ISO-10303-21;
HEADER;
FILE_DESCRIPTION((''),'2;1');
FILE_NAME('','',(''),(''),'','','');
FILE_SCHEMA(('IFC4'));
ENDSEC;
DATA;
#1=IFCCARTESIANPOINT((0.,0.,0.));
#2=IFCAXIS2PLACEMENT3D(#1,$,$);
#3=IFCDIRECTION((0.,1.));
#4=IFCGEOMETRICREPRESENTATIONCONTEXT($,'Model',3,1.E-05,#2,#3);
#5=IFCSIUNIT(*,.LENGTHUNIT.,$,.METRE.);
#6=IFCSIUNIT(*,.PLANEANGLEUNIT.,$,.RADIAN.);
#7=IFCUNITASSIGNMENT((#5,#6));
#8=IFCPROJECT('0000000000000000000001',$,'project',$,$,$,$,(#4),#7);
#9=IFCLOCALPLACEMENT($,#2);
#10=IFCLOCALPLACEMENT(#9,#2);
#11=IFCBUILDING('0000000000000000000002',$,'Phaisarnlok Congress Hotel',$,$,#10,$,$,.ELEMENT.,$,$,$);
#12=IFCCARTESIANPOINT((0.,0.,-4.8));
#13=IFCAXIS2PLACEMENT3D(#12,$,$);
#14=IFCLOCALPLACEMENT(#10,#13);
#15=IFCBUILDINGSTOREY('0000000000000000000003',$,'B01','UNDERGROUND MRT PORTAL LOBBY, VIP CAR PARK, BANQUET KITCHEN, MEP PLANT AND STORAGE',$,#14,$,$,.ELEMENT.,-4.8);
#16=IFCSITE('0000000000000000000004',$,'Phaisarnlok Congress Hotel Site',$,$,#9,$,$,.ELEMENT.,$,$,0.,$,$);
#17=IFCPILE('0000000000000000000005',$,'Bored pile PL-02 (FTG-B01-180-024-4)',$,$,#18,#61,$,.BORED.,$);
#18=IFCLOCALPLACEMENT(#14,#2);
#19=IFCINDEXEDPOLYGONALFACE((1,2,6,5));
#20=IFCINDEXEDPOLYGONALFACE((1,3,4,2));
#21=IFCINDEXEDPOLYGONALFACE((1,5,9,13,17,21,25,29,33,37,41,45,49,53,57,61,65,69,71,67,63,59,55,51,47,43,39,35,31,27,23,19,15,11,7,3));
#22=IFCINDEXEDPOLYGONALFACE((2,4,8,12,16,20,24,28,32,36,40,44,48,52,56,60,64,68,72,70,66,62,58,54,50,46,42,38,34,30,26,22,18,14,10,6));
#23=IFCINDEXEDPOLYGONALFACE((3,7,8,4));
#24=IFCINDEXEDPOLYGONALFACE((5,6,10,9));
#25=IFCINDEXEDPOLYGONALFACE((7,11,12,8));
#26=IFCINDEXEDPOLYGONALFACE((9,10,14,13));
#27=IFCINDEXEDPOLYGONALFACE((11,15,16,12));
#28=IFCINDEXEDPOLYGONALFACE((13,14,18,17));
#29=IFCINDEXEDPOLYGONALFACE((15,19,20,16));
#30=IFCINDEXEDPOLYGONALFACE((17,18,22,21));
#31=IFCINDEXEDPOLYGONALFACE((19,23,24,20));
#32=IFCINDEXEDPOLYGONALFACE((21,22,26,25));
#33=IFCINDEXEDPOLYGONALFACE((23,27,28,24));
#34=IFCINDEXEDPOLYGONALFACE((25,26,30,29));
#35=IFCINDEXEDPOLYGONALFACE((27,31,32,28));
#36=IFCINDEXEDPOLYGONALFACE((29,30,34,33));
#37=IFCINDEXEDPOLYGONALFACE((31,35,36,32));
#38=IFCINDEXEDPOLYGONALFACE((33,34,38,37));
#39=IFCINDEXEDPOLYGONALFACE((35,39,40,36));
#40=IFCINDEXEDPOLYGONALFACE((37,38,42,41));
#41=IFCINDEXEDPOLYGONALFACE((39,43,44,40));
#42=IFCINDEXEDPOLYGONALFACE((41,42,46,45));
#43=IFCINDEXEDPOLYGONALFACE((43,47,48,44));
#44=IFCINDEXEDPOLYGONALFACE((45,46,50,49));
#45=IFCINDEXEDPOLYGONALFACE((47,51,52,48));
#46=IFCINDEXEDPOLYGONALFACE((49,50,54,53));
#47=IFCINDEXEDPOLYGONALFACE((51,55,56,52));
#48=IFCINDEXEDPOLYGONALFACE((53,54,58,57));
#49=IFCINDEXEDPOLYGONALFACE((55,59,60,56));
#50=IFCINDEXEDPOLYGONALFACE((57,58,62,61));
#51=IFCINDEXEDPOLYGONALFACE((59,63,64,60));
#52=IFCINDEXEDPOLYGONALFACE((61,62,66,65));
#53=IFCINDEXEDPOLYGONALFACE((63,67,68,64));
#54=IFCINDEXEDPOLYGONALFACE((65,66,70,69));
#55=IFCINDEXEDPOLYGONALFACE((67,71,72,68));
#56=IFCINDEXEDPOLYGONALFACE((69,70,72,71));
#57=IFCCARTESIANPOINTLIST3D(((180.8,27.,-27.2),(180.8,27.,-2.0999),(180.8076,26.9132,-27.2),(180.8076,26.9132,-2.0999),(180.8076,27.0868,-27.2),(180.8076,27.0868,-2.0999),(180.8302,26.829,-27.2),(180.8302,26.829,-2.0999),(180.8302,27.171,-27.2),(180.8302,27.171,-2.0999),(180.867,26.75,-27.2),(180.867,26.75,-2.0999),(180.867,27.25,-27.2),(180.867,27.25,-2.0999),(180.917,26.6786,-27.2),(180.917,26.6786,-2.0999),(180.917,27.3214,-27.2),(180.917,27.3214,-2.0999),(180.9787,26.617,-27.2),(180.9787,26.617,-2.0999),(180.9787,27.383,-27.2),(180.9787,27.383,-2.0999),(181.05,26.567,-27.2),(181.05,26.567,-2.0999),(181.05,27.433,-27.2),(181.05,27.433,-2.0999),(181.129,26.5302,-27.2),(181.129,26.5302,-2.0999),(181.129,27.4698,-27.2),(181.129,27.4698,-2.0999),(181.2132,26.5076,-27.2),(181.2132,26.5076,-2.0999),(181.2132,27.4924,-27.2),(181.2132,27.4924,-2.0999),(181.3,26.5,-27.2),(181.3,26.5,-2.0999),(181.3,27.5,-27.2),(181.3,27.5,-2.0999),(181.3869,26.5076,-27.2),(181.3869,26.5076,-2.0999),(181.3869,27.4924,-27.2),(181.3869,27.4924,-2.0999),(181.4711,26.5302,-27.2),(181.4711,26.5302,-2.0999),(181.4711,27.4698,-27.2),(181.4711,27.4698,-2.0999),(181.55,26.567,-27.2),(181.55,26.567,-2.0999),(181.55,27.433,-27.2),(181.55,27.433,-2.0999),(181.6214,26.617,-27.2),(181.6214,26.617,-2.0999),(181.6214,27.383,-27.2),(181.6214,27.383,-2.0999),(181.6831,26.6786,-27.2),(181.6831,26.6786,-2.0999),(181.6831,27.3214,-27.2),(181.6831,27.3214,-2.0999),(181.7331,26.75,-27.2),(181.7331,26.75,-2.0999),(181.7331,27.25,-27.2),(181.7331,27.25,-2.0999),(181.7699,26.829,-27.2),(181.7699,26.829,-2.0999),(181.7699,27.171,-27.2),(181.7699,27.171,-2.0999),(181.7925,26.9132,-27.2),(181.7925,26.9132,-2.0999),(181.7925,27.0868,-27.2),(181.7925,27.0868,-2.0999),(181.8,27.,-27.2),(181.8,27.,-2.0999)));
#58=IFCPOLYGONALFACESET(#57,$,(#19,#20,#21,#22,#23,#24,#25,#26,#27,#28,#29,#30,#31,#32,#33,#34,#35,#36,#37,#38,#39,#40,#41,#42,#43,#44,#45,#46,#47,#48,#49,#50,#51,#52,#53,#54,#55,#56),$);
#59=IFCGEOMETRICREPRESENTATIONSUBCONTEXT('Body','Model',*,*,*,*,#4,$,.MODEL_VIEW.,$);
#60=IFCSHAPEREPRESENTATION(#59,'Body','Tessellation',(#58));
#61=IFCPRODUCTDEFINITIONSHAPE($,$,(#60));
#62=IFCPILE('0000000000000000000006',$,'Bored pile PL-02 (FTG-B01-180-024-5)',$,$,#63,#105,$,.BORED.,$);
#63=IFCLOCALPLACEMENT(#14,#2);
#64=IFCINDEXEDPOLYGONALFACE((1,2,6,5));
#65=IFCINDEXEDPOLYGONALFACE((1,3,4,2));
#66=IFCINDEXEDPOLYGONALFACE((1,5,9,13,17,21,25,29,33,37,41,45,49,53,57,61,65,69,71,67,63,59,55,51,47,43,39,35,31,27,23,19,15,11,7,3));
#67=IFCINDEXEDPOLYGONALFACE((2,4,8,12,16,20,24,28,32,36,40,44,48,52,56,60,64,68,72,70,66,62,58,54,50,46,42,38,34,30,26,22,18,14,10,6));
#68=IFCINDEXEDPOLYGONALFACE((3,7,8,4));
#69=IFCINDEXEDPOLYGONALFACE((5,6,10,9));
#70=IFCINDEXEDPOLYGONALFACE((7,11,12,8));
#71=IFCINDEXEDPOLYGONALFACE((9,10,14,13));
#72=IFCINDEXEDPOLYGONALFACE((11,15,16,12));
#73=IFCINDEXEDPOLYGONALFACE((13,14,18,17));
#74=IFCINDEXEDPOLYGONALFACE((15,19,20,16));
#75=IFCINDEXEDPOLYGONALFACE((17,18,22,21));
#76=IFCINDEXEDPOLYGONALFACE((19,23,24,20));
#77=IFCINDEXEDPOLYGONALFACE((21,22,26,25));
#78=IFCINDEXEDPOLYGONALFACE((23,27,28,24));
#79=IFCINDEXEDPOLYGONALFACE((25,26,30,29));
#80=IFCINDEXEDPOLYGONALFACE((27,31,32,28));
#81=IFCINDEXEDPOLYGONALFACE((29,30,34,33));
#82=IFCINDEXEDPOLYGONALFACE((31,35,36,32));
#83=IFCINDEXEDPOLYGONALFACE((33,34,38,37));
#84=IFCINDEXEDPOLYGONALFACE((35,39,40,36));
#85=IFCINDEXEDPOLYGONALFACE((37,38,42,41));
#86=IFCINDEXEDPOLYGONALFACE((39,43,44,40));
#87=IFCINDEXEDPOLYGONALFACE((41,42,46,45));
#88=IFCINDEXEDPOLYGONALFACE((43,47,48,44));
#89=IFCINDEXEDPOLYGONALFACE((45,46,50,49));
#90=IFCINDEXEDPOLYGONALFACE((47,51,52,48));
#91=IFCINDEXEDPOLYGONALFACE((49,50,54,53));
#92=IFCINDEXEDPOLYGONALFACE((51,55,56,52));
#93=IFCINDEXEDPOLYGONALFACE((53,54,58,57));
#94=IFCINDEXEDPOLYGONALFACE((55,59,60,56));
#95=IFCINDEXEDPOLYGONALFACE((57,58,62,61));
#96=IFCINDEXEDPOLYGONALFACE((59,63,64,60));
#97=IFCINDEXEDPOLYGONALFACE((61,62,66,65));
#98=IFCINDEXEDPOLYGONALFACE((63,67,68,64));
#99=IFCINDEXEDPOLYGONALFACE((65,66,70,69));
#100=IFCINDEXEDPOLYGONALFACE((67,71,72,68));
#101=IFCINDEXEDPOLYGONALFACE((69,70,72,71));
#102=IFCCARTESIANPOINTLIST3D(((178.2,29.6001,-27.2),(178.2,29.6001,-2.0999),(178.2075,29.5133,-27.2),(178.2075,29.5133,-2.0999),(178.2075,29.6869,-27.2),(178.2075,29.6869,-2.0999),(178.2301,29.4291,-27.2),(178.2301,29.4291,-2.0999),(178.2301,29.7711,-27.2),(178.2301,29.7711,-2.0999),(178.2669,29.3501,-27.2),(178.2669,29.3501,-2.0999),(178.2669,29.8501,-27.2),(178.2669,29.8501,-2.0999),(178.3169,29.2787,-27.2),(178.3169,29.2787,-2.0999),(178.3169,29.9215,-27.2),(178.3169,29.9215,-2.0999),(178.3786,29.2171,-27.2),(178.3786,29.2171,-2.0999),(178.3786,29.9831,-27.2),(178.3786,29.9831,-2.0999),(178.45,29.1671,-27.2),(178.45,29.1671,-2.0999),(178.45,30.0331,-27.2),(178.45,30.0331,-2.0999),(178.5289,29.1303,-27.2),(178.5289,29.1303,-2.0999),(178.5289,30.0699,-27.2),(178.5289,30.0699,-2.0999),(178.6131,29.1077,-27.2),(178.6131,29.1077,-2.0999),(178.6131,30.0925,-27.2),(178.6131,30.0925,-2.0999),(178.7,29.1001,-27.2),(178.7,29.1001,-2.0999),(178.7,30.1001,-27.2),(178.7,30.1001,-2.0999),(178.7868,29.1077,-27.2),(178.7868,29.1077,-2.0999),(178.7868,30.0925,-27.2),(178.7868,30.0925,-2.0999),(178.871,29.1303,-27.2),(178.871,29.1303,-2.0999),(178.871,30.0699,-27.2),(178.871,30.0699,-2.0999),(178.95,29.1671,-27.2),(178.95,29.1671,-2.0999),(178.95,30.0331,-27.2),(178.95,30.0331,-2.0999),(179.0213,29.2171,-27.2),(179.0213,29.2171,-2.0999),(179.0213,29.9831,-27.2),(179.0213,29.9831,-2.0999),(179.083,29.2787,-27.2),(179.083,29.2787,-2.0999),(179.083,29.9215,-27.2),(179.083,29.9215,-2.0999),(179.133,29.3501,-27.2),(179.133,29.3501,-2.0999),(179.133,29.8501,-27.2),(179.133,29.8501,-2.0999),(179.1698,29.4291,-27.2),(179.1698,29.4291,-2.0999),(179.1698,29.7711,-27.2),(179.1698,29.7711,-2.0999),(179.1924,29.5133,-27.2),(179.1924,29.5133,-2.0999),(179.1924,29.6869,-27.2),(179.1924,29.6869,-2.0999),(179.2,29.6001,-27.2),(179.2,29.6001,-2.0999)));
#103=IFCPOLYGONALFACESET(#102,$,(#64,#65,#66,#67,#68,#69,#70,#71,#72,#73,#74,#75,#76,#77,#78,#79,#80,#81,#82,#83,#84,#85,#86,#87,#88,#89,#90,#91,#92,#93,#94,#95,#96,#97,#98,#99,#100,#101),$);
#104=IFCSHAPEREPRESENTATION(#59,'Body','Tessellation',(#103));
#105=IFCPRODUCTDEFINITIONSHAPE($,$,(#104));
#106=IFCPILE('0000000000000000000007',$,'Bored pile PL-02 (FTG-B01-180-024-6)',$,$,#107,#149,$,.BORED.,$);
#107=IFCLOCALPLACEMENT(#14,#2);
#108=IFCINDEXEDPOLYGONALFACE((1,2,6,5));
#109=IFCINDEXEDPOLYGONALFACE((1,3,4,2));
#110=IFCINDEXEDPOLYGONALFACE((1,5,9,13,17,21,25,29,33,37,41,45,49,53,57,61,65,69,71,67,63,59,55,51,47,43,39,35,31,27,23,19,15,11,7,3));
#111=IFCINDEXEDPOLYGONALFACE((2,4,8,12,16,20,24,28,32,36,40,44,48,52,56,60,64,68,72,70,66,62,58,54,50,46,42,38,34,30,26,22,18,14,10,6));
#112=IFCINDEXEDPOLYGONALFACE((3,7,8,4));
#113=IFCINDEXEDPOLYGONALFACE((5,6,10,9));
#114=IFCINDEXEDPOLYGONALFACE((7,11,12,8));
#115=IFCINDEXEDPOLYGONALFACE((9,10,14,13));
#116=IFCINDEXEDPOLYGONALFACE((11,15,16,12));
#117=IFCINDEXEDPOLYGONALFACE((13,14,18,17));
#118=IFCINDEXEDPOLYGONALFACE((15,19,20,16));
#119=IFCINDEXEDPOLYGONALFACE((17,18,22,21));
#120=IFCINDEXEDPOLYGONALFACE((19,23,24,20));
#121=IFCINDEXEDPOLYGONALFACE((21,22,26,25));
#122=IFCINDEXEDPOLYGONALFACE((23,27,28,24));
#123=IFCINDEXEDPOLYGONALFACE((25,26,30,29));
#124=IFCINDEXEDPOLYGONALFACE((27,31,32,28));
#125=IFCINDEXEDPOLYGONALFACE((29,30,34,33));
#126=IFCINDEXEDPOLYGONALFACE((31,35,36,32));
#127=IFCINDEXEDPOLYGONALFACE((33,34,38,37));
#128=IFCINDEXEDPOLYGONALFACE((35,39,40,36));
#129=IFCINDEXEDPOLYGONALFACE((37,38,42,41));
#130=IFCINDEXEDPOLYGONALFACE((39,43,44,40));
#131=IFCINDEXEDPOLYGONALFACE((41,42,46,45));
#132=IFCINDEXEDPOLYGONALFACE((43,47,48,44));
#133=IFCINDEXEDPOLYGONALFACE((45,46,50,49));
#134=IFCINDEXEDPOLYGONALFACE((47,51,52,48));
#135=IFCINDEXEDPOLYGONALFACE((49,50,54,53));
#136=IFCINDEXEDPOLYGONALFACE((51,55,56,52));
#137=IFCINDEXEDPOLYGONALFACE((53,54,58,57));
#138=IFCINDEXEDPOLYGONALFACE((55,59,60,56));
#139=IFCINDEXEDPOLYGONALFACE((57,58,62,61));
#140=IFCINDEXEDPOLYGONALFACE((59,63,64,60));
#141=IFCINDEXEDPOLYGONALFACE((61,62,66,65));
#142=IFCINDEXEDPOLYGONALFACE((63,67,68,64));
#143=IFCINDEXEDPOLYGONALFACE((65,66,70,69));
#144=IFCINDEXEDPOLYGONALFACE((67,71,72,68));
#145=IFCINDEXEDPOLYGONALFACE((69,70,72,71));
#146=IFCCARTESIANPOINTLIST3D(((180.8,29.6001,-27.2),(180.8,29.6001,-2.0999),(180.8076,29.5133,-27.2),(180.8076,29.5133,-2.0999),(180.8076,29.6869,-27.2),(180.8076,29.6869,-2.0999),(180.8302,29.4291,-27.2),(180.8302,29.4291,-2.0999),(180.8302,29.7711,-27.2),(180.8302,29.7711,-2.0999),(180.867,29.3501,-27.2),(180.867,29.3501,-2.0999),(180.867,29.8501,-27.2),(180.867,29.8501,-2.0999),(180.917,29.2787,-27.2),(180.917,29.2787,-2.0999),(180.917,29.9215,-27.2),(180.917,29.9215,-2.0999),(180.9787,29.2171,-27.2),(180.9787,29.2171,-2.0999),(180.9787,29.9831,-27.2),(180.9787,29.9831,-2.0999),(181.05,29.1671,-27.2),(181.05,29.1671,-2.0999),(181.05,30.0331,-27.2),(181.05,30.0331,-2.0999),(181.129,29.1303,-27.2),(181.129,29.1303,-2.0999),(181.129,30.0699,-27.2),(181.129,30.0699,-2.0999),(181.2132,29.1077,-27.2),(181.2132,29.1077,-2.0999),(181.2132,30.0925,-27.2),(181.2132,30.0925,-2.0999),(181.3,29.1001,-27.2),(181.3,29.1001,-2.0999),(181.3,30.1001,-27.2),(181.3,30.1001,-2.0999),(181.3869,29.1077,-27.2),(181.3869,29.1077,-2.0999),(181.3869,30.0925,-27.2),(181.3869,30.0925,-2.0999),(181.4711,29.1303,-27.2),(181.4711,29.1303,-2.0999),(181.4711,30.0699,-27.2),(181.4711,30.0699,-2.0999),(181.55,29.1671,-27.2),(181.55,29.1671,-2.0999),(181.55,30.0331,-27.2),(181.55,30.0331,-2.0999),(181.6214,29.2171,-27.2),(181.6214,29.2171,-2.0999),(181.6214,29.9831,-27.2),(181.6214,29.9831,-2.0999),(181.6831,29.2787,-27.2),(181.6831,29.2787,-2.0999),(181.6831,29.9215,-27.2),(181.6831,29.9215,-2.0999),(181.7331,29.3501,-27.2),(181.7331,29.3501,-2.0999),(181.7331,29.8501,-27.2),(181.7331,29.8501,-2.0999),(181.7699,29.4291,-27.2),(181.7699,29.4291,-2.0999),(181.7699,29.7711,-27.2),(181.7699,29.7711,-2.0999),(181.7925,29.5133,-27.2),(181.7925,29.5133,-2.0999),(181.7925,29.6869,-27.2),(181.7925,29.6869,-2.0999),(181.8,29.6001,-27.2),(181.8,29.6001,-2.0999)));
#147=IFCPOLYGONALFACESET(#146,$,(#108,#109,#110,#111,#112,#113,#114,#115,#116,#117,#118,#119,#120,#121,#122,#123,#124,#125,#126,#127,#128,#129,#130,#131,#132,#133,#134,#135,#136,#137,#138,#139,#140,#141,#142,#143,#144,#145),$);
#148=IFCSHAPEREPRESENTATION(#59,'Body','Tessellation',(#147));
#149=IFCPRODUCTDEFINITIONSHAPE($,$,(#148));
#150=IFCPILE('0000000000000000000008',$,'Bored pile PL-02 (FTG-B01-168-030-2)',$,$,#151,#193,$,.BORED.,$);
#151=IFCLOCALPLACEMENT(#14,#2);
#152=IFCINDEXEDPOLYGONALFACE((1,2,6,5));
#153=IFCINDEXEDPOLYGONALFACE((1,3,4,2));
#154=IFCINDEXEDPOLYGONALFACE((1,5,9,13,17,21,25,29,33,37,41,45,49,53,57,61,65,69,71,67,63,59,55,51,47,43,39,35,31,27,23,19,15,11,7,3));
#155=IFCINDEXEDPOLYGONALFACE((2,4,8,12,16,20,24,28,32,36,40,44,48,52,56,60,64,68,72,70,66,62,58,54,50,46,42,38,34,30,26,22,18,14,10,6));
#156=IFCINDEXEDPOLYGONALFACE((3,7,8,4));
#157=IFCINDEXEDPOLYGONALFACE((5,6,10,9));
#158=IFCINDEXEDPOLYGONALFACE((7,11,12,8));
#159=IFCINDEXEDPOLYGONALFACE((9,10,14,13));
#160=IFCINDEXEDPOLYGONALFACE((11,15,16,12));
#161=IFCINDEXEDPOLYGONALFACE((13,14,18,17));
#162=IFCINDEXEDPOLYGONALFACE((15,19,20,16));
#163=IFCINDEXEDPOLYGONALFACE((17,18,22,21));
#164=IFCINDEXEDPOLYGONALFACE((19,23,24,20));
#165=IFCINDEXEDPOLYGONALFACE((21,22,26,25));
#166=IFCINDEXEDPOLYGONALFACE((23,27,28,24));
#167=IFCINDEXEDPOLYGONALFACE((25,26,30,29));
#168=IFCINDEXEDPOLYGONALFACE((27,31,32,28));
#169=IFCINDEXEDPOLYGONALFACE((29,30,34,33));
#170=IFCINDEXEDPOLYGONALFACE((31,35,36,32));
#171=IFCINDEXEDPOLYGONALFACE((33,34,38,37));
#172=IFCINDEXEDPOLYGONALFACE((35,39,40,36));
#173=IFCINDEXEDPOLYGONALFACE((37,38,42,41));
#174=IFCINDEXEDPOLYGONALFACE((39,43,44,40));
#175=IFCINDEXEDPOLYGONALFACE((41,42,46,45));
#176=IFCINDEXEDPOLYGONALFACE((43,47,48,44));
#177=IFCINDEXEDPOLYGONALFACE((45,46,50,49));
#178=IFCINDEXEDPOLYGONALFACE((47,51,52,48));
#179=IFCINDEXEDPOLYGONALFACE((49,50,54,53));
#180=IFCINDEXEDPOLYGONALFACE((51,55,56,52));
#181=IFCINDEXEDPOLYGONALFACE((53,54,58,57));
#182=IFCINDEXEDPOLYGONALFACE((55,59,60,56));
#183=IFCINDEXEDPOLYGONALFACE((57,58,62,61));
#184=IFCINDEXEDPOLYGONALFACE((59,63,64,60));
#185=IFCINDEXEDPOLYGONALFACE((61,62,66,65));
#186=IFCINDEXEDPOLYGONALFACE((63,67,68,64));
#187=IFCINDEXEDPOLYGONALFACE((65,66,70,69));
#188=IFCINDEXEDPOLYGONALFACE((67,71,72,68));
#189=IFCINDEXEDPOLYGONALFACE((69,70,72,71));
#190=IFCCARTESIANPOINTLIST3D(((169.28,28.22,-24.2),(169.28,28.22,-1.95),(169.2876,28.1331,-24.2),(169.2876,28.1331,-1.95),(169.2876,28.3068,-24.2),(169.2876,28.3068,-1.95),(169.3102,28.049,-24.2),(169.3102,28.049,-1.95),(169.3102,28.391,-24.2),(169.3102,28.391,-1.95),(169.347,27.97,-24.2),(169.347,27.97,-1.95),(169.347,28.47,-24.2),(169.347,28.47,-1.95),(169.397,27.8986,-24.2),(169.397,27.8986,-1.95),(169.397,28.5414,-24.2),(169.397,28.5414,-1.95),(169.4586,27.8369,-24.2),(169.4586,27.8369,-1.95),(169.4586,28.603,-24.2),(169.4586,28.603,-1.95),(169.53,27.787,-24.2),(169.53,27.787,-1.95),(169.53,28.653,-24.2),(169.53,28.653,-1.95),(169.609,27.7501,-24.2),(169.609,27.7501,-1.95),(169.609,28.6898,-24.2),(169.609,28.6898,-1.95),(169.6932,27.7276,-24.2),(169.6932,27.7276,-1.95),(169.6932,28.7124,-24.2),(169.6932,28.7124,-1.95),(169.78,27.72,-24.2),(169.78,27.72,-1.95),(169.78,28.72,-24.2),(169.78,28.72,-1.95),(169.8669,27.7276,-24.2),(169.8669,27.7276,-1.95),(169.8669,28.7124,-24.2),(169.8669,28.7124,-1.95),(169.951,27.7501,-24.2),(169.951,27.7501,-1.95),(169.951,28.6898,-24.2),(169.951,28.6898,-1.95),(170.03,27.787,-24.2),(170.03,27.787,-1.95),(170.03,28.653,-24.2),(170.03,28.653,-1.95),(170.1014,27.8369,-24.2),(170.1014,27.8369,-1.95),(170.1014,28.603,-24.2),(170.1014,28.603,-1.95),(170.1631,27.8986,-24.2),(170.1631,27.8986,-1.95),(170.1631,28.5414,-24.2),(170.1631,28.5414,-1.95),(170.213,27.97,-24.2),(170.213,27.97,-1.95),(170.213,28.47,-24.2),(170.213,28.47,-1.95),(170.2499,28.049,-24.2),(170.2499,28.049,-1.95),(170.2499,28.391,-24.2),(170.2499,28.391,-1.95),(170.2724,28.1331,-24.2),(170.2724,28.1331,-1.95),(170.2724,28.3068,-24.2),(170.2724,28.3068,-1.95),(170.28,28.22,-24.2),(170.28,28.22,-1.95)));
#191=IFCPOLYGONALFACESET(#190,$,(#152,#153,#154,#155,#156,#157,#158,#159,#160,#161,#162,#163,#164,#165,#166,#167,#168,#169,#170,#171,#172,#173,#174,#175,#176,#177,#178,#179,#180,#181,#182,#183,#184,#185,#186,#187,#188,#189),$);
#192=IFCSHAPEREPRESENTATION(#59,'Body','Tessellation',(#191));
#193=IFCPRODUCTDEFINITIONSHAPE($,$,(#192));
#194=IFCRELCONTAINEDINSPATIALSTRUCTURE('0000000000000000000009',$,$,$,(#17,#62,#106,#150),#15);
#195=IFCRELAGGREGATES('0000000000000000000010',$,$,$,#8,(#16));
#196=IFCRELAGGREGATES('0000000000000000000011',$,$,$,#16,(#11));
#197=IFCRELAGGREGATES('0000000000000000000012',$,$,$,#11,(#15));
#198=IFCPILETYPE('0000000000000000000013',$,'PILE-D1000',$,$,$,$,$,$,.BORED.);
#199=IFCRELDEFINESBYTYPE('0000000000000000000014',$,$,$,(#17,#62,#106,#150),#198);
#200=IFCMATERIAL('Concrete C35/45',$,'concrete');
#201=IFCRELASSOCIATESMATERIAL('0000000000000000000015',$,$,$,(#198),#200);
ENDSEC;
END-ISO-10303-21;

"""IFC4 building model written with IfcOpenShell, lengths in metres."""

from ifc_helpers import new_model, si_unit, direction, frame, origin, origin_2d, place, context, subcontext, project, spatial, circle, extrude, material, material_profile, profile_set, type_object, element, save


model = new_model("IFC4")

# Units and contexts
model_context = context("Model", 3, precision=1e-05, world=origin(), true_north=direction((0.0, 1.0)))
body_context = subcontext(model_context, "Body", "Model", "MODEL_VIEW")
ifc_project = project(units=[si_unit("LENGTHUNIT", "METRE"), si_unit("PLANEANGLEUNIT", "RADIAN")], contexts=[model_context])

# Site, building, storey
site_placement = place(None, origin())
site = spatial("IfcSite", under=ifc_project, at=site_placement, Name="Phaisarnlok Congress Hotel Site", CompositionType="ELEMENT", RefElevation=0.0)
building_placement = place(site_placement, origin())
building = spatial("IfcBuilding", under=site, at=building_placement, Name="Phaisarnlok Congress Hotel", CompositionType="ELEMENT")
storey_placement = place(building_placement, frame((0.0, 0.0, -4.8)))
storey = spatial("IfcBuildingStorey", under=building, at=storey_placement, Name="B01", Description="UNDERGROUND MRT PORTAL LOBBY, VIP CAR PARK, BANQUET KITCHEN, MEP PLANT AND STORAGE", CompositionType="ELEMENT", Elevation=-4.8)

# Piles
ifc_material_1 = material(Name="Concrete C35/45", Category="concrete")
ifc_material_profile_1 = material_profile(ifc_material_1, circle(Radius=0.5, at=origin_2d()), Name="BORED PILE D1000")
ifc_profile_set_1 = profile_set([ifc_material_profile_1], Name="Concrete C35/45")
pile_type_1 = type_object("IfcPileType", Name="PILE-D1000", PredefinedType="BORED", material=ifc_profile_set_1)
for number, where, z_axis, x_axis, name in (
    (1, (181.3, 27.0, -2.0999), (0.0, 0.0, -1.0), (1.0, 0.0, 0.0), "Bored pile PL-02 (FTG-B01-180-024-4)"),
    (2, (178.7, 29.6001, -2.0999), (0.0, 0.0, -1.0), (1.0, 0.0, 0.0), "Bored pile PL-02 (FTG-B01-180-024-5)"),
    (3, (181.3, 29.6001, -2.0999), (0.0, 0.0, -1.0), (1.0, 0.0, 0.0), "Bored pile PL-02 (FTG-B01-180-024-6)"),
):
    element("IfcPile", number, at=place(storey_placement, frame(where, z_axis=z_axis, x_axis=x_axis)), inside=storey, type_object=pile_type_1, Name=name, PredefinedType="BORED", context=body_context, shape_type="SweptSolid", body=[
        extrude(circle(Radius=0.5, at=origin_2d()), origin(), (0.0, 0.0, 1.0), 25.1001),
    ])
for number, where, z_axis, x_axis, name in (
    (4, (169.78, 28.22, -1.95), (0.0, 0.0, -1.0), (1.0, 0.0, 0.0), "Bored pile PL-02 (FTG-B01-168-030-2)"),
):
    element("IfcPile", number, at=place(storey_placement, frame(where, z_axis=z_axis, x_axis=x_axis)), inside=storey, type_object=pile_type_1, Name=name, PredefinedType="BORED", context=body_context, shape_type="SweptSolid", body=[
        extrude(circle(Radius=0.5, at=origin_2d()), origin(), (0.0, 0.0, 1.0), 22.25),
    ])

save(model, "model.ifc")
